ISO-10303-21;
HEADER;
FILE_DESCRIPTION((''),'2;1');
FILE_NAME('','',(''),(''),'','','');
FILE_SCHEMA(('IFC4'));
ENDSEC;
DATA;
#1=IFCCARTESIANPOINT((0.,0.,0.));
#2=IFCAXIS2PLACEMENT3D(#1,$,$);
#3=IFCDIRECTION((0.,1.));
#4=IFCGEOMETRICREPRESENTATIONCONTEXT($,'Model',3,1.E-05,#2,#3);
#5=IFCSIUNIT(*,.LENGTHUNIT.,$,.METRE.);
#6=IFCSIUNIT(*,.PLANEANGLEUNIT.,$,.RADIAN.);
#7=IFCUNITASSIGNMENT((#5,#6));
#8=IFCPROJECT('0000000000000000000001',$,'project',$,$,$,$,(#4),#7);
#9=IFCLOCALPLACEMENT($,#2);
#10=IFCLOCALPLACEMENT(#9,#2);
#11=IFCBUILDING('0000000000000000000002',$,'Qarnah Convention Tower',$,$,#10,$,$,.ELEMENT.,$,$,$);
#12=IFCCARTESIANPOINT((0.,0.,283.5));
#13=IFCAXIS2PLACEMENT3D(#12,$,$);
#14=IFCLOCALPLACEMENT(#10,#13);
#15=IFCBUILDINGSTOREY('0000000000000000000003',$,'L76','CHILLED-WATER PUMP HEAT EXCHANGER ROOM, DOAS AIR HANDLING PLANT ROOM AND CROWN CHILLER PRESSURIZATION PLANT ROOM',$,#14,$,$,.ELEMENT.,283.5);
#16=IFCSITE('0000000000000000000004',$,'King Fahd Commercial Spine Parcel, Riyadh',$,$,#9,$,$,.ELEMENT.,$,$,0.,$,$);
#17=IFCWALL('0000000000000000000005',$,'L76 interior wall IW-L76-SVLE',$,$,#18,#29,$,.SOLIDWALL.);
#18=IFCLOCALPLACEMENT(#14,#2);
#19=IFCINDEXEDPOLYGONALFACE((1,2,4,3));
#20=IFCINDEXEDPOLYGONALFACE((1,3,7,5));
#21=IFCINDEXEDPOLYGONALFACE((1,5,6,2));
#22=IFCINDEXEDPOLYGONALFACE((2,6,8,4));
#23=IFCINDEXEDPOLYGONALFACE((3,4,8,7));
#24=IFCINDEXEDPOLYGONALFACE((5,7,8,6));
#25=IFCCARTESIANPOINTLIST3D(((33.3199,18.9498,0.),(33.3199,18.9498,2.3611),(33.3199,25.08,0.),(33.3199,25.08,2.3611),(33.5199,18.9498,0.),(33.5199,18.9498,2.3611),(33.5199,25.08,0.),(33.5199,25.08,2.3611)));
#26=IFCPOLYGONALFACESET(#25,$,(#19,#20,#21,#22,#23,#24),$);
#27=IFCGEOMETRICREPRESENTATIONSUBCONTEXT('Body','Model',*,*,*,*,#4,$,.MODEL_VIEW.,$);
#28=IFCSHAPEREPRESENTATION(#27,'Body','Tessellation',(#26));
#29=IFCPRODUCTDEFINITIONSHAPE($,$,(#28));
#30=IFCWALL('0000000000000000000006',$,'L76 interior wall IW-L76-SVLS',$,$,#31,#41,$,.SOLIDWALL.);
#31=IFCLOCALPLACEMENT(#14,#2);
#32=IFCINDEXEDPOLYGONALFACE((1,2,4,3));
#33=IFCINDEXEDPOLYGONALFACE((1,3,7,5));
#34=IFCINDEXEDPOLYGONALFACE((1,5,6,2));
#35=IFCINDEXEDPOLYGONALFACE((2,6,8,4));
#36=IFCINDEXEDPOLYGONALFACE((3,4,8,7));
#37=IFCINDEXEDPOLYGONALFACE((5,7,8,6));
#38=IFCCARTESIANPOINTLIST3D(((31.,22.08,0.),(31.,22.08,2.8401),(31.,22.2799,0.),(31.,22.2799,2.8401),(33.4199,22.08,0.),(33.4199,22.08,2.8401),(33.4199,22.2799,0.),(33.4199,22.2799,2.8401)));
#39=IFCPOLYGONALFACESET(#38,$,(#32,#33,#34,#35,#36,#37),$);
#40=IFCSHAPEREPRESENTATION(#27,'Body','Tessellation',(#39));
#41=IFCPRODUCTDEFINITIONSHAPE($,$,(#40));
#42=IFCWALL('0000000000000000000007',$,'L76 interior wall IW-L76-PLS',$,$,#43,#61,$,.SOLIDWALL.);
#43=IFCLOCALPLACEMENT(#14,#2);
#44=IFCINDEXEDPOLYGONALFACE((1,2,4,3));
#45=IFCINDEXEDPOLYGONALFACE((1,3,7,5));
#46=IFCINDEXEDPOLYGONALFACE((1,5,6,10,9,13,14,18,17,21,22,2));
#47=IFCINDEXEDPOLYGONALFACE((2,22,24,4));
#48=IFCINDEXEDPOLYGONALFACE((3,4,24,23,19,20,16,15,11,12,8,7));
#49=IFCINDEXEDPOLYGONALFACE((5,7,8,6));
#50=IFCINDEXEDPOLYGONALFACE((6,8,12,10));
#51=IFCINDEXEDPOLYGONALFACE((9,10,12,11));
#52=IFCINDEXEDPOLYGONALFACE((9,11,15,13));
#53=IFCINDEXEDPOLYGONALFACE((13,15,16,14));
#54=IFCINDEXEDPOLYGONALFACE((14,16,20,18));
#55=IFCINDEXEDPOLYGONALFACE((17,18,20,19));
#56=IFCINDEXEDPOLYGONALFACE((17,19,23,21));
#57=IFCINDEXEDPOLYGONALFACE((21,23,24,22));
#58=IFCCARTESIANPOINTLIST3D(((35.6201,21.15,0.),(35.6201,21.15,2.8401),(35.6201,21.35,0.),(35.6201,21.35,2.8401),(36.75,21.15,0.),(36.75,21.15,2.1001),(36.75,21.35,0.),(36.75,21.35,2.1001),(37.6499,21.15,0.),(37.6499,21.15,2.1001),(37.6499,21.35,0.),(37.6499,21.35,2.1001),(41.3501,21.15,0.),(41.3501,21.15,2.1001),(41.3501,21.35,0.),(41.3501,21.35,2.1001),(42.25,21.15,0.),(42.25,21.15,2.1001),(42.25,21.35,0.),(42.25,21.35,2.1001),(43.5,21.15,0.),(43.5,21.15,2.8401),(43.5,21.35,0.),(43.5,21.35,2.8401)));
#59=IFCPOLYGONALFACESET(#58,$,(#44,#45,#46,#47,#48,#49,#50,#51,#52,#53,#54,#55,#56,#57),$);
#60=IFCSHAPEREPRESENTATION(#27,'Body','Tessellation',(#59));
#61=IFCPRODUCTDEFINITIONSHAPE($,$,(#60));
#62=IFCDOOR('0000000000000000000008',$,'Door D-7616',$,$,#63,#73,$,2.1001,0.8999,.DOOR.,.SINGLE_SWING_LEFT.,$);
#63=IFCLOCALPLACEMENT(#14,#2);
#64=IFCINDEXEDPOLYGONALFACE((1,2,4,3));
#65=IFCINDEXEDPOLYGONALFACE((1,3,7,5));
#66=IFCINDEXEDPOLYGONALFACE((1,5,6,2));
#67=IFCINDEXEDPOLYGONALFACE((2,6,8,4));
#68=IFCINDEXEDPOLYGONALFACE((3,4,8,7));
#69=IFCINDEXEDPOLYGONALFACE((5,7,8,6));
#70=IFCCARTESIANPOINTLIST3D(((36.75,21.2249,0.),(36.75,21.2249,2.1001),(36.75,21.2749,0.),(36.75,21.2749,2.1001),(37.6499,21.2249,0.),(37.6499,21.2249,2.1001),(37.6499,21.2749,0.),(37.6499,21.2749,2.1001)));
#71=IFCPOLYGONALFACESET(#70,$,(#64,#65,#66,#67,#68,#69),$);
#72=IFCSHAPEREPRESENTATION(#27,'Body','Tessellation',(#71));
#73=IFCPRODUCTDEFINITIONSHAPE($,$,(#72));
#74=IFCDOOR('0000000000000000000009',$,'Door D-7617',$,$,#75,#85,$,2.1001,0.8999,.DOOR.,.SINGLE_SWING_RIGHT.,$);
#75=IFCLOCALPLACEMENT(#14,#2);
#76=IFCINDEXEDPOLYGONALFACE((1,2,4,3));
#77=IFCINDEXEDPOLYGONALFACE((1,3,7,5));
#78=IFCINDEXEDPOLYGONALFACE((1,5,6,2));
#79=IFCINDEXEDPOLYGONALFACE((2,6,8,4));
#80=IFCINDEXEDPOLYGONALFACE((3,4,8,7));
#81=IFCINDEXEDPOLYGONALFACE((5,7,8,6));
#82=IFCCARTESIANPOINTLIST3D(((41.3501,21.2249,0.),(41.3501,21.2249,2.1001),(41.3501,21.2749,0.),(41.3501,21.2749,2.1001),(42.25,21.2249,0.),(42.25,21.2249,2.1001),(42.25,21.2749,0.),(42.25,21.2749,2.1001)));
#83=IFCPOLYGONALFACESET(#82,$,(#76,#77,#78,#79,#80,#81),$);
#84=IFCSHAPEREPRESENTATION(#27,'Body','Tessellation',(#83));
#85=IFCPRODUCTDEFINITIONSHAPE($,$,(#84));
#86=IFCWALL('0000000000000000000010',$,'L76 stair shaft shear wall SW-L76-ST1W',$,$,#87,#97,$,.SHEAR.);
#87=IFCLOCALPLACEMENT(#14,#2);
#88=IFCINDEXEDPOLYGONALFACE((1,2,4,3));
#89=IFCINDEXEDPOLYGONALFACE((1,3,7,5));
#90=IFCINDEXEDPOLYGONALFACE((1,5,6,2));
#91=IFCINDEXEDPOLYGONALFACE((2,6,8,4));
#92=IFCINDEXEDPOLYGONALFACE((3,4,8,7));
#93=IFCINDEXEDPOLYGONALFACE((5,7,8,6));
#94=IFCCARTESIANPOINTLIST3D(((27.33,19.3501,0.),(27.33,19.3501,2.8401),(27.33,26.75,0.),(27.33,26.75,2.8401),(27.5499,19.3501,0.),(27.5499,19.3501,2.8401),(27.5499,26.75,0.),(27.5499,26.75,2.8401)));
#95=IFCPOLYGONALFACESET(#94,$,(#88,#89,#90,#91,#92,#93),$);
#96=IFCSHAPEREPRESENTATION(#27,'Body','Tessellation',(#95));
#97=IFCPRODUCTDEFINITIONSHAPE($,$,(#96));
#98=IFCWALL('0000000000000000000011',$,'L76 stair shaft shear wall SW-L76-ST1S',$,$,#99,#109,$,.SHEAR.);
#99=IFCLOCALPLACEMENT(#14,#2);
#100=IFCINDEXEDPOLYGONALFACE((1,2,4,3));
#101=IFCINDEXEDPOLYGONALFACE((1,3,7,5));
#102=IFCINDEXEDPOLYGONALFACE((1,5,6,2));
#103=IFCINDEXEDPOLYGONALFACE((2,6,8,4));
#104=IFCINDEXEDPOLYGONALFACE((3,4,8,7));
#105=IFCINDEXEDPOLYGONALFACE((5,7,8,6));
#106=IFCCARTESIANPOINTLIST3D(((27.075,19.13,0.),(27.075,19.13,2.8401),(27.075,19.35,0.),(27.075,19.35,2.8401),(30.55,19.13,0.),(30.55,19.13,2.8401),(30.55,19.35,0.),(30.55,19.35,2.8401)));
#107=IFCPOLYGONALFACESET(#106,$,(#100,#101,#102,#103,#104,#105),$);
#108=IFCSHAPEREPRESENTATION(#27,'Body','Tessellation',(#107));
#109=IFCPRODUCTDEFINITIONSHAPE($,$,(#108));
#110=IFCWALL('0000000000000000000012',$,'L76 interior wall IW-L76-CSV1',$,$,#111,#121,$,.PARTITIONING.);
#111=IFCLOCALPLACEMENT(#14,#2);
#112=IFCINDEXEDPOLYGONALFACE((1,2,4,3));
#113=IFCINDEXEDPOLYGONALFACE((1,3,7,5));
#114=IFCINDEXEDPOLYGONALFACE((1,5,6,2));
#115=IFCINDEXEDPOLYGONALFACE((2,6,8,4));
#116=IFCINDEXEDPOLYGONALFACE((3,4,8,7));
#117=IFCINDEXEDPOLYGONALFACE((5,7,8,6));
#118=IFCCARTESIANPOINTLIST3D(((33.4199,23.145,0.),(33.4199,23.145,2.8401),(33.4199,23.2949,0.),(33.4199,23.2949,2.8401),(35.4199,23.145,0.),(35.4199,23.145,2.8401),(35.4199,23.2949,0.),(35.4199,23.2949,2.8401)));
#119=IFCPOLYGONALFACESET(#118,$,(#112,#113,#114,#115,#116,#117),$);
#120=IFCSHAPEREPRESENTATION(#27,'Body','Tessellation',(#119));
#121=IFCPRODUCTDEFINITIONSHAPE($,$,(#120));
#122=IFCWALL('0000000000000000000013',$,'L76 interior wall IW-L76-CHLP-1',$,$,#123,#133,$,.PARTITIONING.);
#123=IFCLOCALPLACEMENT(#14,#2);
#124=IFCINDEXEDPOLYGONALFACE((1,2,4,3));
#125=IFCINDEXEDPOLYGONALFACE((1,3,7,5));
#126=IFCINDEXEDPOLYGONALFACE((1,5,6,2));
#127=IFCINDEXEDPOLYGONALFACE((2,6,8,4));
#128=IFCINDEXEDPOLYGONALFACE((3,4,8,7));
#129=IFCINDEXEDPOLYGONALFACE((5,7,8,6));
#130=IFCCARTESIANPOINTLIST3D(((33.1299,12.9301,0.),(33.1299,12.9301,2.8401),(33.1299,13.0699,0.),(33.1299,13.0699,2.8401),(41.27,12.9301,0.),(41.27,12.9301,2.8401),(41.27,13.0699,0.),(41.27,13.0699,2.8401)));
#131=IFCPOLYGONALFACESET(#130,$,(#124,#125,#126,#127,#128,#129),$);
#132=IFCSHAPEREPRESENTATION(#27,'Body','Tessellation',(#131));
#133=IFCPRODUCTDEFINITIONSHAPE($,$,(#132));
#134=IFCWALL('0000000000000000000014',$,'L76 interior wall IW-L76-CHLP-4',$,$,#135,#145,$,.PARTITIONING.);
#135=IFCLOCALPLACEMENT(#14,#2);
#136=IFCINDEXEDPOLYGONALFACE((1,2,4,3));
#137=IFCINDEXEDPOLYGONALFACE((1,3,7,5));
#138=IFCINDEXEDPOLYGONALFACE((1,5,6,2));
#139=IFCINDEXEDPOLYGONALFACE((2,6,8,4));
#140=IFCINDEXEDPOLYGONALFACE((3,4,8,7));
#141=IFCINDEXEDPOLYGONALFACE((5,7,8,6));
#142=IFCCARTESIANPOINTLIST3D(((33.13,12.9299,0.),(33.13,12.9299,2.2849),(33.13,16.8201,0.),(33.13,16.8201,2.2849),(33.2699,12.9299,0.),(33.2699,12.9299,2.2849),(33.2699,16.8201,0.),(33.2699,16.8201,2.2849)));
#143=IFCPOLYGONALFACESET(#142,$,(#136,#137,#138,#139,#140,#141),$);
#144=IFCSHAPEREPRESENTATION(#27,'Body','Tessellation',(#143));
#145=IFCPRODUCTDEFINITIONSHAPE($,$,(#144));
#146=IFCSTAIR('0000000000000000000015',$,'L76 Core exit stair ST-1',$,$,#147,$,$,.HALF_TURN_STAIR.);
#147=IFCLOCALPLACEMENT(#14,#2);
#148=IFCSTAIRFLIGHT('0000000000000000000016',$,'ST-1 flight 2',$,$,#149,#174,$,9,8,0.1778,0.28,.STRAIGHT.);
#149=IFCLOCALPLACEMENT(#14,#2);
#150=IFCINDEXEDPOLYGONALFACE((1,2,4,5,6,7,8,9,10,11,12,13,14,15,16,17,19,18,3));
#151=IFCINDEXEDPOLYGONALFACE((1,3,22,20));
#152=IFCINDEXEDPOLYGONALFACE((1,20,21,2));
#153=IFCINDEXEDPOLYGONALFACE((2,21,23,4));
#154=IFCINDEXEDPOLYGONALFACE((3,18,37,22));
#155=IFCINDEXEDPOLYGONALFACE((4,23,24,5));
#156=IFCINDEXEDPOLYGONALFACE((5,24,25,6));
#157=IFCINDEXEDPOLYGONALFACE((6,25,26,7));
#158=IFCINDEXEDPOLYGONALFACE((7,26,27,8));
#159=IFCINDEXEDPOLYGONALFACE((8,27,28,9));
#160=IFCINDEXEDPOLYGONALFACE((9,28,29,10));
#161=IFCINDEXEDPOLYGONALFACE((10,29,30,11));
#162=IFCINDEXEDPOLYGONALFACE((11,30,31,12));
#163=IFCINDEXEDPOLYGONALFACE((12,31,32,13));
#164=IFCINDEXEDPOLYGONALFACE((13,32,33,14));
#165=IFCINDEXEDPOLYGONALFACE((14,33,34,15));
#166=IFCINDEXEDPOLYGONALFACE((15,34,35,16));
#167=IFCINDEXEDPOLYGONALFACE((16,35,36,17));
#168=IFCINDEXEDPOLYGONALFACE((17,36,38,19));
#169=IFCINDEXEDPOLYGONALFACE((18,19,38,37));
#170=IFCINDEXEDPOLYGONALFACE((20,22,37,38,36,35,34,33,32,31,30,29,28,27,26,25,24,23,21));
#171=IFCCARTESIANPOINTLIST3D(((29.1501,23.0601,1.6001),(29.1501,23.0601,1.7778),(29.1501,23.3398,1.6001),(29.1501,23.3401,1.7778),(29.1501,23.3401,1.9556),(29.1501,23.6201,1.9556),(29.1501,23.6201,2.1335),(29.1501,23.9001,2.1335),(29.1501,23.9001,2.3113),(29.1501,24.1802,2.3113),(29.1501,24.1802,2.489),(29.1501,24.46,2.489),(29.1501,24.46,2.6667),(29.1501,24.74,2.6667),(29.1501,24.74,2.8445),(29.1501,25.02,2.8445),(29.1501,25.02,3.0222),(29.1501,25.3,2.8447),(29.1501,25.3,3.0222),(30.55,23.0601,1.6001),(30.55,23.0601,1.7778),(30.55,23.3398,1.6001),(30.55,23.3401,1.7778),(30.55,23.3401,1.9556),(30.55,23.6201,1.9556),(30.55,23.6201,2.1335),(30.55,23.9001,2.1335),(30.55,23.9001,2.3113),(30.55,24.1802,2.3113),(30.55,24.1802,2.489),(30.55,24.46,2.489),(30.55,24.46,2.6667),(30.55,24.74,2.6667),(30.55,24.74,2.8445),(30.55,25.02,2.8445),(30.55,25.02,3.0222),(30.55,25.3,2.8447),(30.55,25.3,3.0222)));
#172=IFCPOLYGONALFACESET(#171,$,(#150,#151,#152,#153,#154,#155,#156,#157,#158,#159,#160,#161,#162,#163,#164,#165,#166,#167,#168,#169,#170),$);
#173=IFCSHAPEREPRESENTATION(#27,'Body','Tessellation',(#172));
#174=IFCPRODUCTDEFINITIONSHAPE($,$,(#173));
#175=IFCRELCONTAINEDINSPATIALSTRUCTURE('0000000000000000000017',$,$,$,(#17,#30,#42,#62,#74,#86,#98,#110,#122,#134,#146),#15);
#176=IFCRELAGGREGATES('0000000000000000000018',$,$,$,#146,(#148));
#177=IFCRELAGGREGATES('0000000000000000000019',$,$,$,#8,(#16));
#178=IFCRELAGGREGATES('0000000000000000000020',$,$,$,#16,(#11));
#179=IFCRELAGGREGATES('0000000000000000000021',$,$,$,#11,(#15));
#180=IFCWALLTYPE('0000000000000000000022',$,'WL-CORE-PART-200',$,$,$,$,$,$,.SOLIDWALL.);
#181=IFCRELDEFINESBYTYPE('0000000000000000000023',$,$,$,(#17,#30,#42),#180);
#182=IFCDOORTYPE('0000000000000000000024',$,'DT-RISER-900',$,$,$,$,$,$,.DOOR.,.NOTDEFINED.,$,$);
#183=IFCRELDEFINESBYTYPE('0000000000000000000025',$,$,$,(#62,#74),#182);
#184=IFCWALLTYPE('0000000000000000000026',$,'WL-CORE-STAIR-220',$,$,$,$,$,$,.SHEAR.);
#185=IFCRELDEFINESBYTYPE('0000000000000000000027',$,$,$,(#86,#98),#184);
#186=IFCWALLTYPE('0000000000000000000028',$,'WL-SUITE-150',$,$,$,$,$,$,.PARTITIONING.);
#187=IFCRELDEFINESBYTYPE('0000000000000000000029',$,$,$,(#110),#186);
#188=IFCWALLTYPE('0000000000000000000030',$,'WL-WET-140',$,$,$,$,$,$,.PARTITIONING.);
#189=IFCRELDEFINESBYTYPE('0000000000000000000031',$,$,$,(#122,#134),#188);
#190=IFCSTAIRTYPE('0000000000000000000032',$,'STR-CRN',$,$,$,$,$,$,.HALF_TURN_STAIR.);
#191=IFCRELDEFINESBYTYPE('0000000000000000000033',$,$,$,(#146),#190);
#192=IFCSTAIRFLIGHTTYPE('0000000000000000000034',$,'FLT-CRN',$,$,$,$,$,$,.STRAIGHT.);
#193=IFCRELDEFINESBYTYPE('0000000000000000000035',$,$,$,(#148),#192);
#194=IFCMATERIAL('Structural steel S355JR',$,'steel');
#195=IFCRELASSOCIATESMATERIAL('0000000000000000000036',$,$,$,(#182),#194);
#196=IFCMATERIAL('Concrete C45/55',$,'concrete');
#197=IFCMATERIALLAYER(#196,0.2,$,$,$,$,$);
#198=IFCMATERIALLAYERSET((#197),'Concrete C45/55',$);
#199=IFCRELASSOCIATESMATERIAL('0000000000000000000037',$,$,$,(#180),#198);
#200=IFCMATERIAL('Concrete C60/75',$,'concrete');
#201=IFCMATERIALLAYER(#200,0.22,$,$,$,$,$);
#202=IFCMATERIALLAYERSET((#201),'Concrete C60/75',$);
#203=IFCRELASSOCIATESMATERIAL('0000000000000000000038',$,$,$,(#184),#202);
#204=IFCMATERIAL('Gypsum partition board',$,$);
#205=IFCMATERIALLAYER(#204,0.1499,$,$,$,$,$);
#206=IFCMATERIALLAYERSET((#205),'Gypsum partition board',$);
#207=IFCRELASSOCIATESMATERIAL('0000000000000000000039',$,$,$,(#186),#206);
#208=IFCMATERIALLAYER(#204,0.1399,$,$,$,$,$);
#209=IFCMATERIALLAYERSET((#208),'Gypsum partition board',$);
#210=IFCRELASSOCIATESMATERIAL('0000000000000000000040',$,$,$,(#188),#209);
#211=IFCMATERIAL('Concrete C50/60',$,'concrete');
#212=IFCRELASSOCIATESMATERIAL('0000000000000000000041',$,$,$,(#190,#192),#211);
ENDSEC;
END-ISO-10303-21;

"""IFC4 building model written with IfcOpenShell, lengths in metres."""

from ifc_helpers import new_model, si_unit, direction, frame, frame_2d, origin, place, context, subcontext, project, spatial, polyline, rectangle, outline, extrude, material, layer, layer_set, type_object, element, fill, aggregate, save


model = new_model("IFC4")

# Units and contexts
model_context = context("Model", 3, precision=1e-05, world=origin(), true_north=direction((0.0, 1.0)))
body_context = subcontext(model_context, "Body", "Model", "MODEL_VIEW")
ifc_project = project(units=[si_unit("LENGTHUNIT", "METRE"), si_unit("PLANEANGLEUNIT", "RADIAN")], contexts=[model_context])

# Site, building, storey
site_placement = place(None, origin())
site = spatial("IfcSite", under=ifc_project, at=site_placement, Name="King Fahd Commercial Spine Parcel, Riyadh", CompositionType="ELEMENT", RefElevation=0.0)
building_placement = place(site_placement, origin())
building = spatial("IfcBuilding", under=site, at=building_placement, Name="Qarnah Convention Tower", CompositionType="ELEMENT")
storey_placement = place(building_placement, frame((0.0, 0.0, 283.5)))
storey = spatial("IfcBuildingStorey", under=building, at=storey_placement, Name="L76", Description="CHILLED-WATER PUMP HEAT EXCHANGER ROOM, DOAS AIR HANDLING PLANT ROOM AND CROWN CHILLER PRESSURIZATION PLANT ROOM", CompositionType="ELEMENT", Elevation=283.5)

# Shared definitions
ifc_material_1 = material(Name="Structural steel S355JR", Category="steel")

# Shared definitions
ifc_material_2 = material(Name="Concrete C60/75", Category="concrete")
door_type_1 = type_object("IfcDoorType", Name="DT-RISER-900", OperationType="NOTDEFINED", PredefinedType="DOOR", material=ifc_material_1)
ifc_material_3 = material(Name="Concrete C45/55", Category="concrete")
ifc_layer_1 = layer(ifc_material_3, 0.2)
ifc_layer_set_1 = layer_set([ifc_layer_1], Name="Concrete C45/55")
wall_type_1 = type_object("IfcWallType", Name="WL-CORE-PART-200", PredefinedType="SOLIDWALL", material=ifc_layer_set_1)

# Walls
wall_1_placement = place(storey_placement, frame((33.4199, 18.95, 0.0), z_axis=(0.0, 0.0, 1.0), x_axis=(0.0, 1.0, 0.0)))
element("IfcWall", 1, at=wall_1_placement, inside=storey, type_object=wall_type_1, Name="L76 interior wall IW-L76-SVLE", PredefinedType="SOLIDWALL", context=body_context, shape_type="SweptSolid", body=[
    extrude(rectangle(XDim=6.1301, YDim=0.2, at=frame_2d((3.0649, 0.0))), origin(), (0.0, 0.0, 1.0), 2.3611),
])
wall_2_placement = place(storey_placement, frame((31.0, 22.1799, 0.0), z_axis=(0.0, 0.0, 1.0), x_axis=(1.0, 0.0, 0.0)))
element("IfcWall", 2, at=wall_2_placement, inside=storey, type_object=wall_type_1, Name="L76 interior wall IW-L76-SVLS", PredefinedType="SOLIDWALL", context=body_context, shape_type="SweptSolid", body=[
    extrude(rectangle(XDim=2.4199, YDim=0.2, at=frame_2d((1.21, 0.0))), origin(), (0.0, 0.0, 1.0), 2.8401),
])

# Wall, openings, doors
wall_3_placement = place(storey_placement, frame((35.6201, 21.25, 0.0), z_axis=(0.0, 0.0, 1.0), x_axis=(1.0, 0.0, 0.0)))
wall_3 = element("IfcWall", 3, at=wall_3_placement, inside=storey, type_object=wall_type_1, Name="L76 interior wall IW-L76-PLS", PredefinedType="SOLIDWALL", context=body_context, shape_type="SweptSolid", body=[
    extrude(rectangle(XDim=7.8799, YDim=0.2, at=frame_2d((3.9399, 0.0))), origin(), (0.0, 0.0, 1.0), 2.8401),
])
opening_1_placement = place(wall_3_placement, frame((1.1299, 0.0, 0.0)))
opening_1 = element("IfcOpeningElement", 4, at=opening_1_placement, cuts=wall_3, PredefinedType="OPENING", context=body_context, shape_type="SweptSolid", body=[
    extrude(rectangle(XDim=0.8999, YDim=2.1001, at=frame_2d((0.45, 1.05))), frame((0.0, 0.1099, 0.0), z_axis=(0.0, -1.0, 0.0), x_axis=(1.0, 0.0, 0.0)), (0.0, 0.0, 1.0), 0.22),
])
opening_2_placement = place(wall_3_placement, frame((5.73, 0.0, 0.0)))
opening_2 = element("IfcOpeningElement", 5, at=opening_2_placement, cuts=wall_3, PredefinedType="OPENING", context=body_context, shape_type="SweptSolid", body=[
    extrude(rectangle(XDim=0.8999, YDim=2.1001, at=frame_2d((0.45, 1.05))), frame((0.0, 0.1099, 0.0), z_axis=(0.0, -1.0, 0.0), x_axis=(1.0, 0.0, 0.0)), (0.0, 0.0, 1.0), 0.22),
])
door_1_placement = place(opening_1_placement, origin())
door_1 = element("IfcDoor", 6, at=door_1_placement, inside=storey, type_object=door_type_1, Name="Door D-7616", OperationType="SINGLE_SWING_LEFT", OverallHeight=2.1001, OverallWidth=0.8999, PredefinedType="DOOR", context=body_context, shape_type="SweptSolid", body=[
    extrude(rectangle(XDim=0.8999, YDim=2.1001, at=frame_2d((0.45, 1.05))), frame((0.0, 0.0249, 0.0), z_axis=(0.0, -1.0, 0.0), x_axis=(1.0, 0.0, 0.0)), (0.0, 0.0, 1.0), 0.05),
])
fill(opening_1, door_1)
door_2_placement = place(opening_2_placement, origin())
door_2 = element("IfcDoor", 7, at=door_2_placement, inside=storey, type_object=door_type_1, Name="Door D-7617", OperationType="SINGLE_SWING_RIGHT", OverallHeight=2.1001, OverallWidth=0.8999, PredefinedType="DOOR", context=body_context, shape_type="SweptSolid", body=[
    extrude(rectangle(XDim=0.8999, YDim=2.1001, at=frame_2d((0.45, 1.05))), frame((0.0, 0.0249, 0.0), z_axis=(0.0, -1.0, 0.0), x_axis=(1.0, 0.0, 0.0)), (0.0, 0.0, 1.0), 0.05),
])
fill(opening_2, door_2)

# Walls
ifc_layer_2 = layer(ifc_material_2, 0.22)
ifc_layer_set_2 = layer_set([ifc_layer_2], Name="Concrete C60/75")
wall_type_2 = type_object("IfcWallType", Name="WL-CORE-STAIR-220", PredefinedType="SHEAR", material=ifc_layer_set_2)
wall_4_placement = place(storey_placement, frame((27.4399, 19.3501, 0.0), z_axis=(0.0, 0.0, 1.0), x_axis=(0.0, 1.0, 0.0)))
element("IfcWall", 8, at=wall_4_placement, inside=storey, type_object=wall_type_2, Name="L76 stair shaft shear wall SW-L76-ST1W", PredefinedType="SHEAR", context=body_context, shape_type="SweptSolid", body=[
    extrude(rectangle(XDim=7.3999, YDim=0.22, at=frame_2d((3.7, 0.0))), origin(), (0.0, 0.0, 1.0), 2.8401),
])
wall_5_placement = place(storey_placement, frame((27.075, 19.24, 0.0), z_axis=(0.0, 0.0, 1.0), x_axis=(1.0, 0.0, 0.0)))
element("IfcWall", 9, at=wall_5_placement, inside=storey, type_object=wall_type_2, Name="L76 stair shaft shear wall SW-L76-ST1S", PredefinedType="SHEAR", context=body_context, shape_type="SweptSolid", body=[
    extrude(rectangle(XDim=3.4751, YDim=0.22, at=frame_2d((1.7375, 0.0))), origin(), (0.0, 0.0, 1.0), 2.8401),
])
ifc_material_4 = material(Name="Gypsum partition board")
ifc_layer_3 = layer(ifc_material_4, 0.1499)
ifc_layer_set_3 = layer_set([ifc_layer_3], Name="Gypsum partition board")
wall_type_3 = type_object("IfcWallType", Name="WL-SUITE-150", PredefinedType="PARTITIONING", material=ifc_layer_set_3)
wall_6_placement = place(storey_placement, frame((33.4199, 23.22, 0.0), z_axis=(0.0, 0.0, 1.0), x_axis=(1.0, 0.0, 0.0)))
element("IfcWall", 10, at=wall_6_placement, inside=storey, type_object=wall_type_3, Name="L76 interior wall IW-L76-CSV1", PredefinedType="PARTITIONING", context=body_context, shape_type="SweptSolid", body=[
    extrude(rectangle(XDim=2.0, YDim=0.1499, at=frame_2d((1.0, 0.0))), origin(), (0.0, 0.0, 1.0), 2.8401),
])
ifc_layer_4 = layer(ifc_material_4, 0.1399)
ifc_layer_set_4 = layer_set([ifc_layer_4], Name="Gypsum partition board")
wall_type_4 = type_object("IfcWallType", Name="WL-WET-140", PredefinedType="PARTITIONING", material=ifc_layer_set_4)
wall_7_placement = place(storey_placement, frame((33.1299, 13.0, 0.0), z_axis=(0.0, 0.0, 1.0), x_axis=(1.0, 0.0, 0.0)))
element("IfcWall", 11, at=wall_7_placement, inside=storey, type_object=wall_type_4, Name="L76 interior wall IW-L76-CHLP-1", PredefinedType="PARTITIONING", context=body_context, shape_type="SweptSolid", body=[
    extrude(rectangle(XDim=8.1401, YDim=0.1399, at=frame_2d((4.0701, 0.0))), origin(), (0.0, 0.0, 1.0), 2.8401),
])
wall_8_placement = place(storey_placement, frame((33.2, 16.8201, 0.0), z_axis=(0.0, 0.0, 1.0), x_axis=(0.0, -1.0, 0.0)))
element("IfcWall", 12, at=wall_8_placement, inside=storey, type_object=wall_type_4, Name="L76 interior wall IW-L76-CHLP-4", PredefinedType="PARTITIONING", context=body_context, shape_type="SweptSolid", body=[
    extrude(rectangle(XDim=3.8901, YDim=0.1399, at=frame_2d((1.9451, 0.0))), origin(), (0.0, 0.0, 1.0), 2.2849),
])

# Stair, stair flight
ifc_material_5 = material(Name="Concrete C50/60", Category="concrete")
stair_type = type_object("IfcStairType", Name="STR-CRN", PredefinedType="HALF_TURN_STAIR", material=ifc_material_5)
stair_placement = place(storey_placement, origin())
stair = element("IfcStair", 13, at=stair_placement, inside=storey, type_object=stair_type, Name="L76 Core exit stair ST-1", PredefinedType="HALF_TURN_STAIR")
stair_flight_type = type_object("IfcStairFlightType", Name="FLT-CRN", PredefinedType="STRAIGHT", material=ifc_material_5)
stair_flight_placement = place(storey_placement, frame((29.8501, 23.0601, 1.6001), z_axis=(0.0, 0.0, 1.0), x_axis=(0.0, 1.0, 0.0)))
stair_flight = element("IfcStairFlight", 14, at=stair_flight_placement, type_object=stair_flight_type, Name="ST-1 flight 2", NumberOfRisers=9, NumberOfTreads=8, PredefinedType="STRAIGHT", RiserHeight=0.1778, TreadLength=0.28, context=body_context, shape_type="SweptSolid", body=[
    extrude(outline(polyline([(0.0, 0.0), (0.0, 0.1777), (0.28, 0.1777), (0.28, 0.3555), (0.5601, 0.3555), (0.5601, 0.5334), (0.8401, 0.5334), (0.8401, 0.7112), (1.1201, 0.7112), (1.1201, 0.8889), (1.3999, 0.8889), (1.3999, 1.0667), (1.6799, 1.0667), (1.6799, 1.2444), (1.96, 1.2444), (1.96, 1.4221), (2.24, 1.4221), (2.24, 1.6001), (2.24, 1.2446), (0.2798, 0.0), (0.0, 0.0)])), frame((0.0, 0.7, 0.0), z_axis=(0.0, -1.0, 0.0), x_axis=(1.0, 0.0, 0.0)), (0.0, 0.0, 1.0), 1.3999),
])
aggregate(stair, [stair_flight])

save(model, "model.ifc")
